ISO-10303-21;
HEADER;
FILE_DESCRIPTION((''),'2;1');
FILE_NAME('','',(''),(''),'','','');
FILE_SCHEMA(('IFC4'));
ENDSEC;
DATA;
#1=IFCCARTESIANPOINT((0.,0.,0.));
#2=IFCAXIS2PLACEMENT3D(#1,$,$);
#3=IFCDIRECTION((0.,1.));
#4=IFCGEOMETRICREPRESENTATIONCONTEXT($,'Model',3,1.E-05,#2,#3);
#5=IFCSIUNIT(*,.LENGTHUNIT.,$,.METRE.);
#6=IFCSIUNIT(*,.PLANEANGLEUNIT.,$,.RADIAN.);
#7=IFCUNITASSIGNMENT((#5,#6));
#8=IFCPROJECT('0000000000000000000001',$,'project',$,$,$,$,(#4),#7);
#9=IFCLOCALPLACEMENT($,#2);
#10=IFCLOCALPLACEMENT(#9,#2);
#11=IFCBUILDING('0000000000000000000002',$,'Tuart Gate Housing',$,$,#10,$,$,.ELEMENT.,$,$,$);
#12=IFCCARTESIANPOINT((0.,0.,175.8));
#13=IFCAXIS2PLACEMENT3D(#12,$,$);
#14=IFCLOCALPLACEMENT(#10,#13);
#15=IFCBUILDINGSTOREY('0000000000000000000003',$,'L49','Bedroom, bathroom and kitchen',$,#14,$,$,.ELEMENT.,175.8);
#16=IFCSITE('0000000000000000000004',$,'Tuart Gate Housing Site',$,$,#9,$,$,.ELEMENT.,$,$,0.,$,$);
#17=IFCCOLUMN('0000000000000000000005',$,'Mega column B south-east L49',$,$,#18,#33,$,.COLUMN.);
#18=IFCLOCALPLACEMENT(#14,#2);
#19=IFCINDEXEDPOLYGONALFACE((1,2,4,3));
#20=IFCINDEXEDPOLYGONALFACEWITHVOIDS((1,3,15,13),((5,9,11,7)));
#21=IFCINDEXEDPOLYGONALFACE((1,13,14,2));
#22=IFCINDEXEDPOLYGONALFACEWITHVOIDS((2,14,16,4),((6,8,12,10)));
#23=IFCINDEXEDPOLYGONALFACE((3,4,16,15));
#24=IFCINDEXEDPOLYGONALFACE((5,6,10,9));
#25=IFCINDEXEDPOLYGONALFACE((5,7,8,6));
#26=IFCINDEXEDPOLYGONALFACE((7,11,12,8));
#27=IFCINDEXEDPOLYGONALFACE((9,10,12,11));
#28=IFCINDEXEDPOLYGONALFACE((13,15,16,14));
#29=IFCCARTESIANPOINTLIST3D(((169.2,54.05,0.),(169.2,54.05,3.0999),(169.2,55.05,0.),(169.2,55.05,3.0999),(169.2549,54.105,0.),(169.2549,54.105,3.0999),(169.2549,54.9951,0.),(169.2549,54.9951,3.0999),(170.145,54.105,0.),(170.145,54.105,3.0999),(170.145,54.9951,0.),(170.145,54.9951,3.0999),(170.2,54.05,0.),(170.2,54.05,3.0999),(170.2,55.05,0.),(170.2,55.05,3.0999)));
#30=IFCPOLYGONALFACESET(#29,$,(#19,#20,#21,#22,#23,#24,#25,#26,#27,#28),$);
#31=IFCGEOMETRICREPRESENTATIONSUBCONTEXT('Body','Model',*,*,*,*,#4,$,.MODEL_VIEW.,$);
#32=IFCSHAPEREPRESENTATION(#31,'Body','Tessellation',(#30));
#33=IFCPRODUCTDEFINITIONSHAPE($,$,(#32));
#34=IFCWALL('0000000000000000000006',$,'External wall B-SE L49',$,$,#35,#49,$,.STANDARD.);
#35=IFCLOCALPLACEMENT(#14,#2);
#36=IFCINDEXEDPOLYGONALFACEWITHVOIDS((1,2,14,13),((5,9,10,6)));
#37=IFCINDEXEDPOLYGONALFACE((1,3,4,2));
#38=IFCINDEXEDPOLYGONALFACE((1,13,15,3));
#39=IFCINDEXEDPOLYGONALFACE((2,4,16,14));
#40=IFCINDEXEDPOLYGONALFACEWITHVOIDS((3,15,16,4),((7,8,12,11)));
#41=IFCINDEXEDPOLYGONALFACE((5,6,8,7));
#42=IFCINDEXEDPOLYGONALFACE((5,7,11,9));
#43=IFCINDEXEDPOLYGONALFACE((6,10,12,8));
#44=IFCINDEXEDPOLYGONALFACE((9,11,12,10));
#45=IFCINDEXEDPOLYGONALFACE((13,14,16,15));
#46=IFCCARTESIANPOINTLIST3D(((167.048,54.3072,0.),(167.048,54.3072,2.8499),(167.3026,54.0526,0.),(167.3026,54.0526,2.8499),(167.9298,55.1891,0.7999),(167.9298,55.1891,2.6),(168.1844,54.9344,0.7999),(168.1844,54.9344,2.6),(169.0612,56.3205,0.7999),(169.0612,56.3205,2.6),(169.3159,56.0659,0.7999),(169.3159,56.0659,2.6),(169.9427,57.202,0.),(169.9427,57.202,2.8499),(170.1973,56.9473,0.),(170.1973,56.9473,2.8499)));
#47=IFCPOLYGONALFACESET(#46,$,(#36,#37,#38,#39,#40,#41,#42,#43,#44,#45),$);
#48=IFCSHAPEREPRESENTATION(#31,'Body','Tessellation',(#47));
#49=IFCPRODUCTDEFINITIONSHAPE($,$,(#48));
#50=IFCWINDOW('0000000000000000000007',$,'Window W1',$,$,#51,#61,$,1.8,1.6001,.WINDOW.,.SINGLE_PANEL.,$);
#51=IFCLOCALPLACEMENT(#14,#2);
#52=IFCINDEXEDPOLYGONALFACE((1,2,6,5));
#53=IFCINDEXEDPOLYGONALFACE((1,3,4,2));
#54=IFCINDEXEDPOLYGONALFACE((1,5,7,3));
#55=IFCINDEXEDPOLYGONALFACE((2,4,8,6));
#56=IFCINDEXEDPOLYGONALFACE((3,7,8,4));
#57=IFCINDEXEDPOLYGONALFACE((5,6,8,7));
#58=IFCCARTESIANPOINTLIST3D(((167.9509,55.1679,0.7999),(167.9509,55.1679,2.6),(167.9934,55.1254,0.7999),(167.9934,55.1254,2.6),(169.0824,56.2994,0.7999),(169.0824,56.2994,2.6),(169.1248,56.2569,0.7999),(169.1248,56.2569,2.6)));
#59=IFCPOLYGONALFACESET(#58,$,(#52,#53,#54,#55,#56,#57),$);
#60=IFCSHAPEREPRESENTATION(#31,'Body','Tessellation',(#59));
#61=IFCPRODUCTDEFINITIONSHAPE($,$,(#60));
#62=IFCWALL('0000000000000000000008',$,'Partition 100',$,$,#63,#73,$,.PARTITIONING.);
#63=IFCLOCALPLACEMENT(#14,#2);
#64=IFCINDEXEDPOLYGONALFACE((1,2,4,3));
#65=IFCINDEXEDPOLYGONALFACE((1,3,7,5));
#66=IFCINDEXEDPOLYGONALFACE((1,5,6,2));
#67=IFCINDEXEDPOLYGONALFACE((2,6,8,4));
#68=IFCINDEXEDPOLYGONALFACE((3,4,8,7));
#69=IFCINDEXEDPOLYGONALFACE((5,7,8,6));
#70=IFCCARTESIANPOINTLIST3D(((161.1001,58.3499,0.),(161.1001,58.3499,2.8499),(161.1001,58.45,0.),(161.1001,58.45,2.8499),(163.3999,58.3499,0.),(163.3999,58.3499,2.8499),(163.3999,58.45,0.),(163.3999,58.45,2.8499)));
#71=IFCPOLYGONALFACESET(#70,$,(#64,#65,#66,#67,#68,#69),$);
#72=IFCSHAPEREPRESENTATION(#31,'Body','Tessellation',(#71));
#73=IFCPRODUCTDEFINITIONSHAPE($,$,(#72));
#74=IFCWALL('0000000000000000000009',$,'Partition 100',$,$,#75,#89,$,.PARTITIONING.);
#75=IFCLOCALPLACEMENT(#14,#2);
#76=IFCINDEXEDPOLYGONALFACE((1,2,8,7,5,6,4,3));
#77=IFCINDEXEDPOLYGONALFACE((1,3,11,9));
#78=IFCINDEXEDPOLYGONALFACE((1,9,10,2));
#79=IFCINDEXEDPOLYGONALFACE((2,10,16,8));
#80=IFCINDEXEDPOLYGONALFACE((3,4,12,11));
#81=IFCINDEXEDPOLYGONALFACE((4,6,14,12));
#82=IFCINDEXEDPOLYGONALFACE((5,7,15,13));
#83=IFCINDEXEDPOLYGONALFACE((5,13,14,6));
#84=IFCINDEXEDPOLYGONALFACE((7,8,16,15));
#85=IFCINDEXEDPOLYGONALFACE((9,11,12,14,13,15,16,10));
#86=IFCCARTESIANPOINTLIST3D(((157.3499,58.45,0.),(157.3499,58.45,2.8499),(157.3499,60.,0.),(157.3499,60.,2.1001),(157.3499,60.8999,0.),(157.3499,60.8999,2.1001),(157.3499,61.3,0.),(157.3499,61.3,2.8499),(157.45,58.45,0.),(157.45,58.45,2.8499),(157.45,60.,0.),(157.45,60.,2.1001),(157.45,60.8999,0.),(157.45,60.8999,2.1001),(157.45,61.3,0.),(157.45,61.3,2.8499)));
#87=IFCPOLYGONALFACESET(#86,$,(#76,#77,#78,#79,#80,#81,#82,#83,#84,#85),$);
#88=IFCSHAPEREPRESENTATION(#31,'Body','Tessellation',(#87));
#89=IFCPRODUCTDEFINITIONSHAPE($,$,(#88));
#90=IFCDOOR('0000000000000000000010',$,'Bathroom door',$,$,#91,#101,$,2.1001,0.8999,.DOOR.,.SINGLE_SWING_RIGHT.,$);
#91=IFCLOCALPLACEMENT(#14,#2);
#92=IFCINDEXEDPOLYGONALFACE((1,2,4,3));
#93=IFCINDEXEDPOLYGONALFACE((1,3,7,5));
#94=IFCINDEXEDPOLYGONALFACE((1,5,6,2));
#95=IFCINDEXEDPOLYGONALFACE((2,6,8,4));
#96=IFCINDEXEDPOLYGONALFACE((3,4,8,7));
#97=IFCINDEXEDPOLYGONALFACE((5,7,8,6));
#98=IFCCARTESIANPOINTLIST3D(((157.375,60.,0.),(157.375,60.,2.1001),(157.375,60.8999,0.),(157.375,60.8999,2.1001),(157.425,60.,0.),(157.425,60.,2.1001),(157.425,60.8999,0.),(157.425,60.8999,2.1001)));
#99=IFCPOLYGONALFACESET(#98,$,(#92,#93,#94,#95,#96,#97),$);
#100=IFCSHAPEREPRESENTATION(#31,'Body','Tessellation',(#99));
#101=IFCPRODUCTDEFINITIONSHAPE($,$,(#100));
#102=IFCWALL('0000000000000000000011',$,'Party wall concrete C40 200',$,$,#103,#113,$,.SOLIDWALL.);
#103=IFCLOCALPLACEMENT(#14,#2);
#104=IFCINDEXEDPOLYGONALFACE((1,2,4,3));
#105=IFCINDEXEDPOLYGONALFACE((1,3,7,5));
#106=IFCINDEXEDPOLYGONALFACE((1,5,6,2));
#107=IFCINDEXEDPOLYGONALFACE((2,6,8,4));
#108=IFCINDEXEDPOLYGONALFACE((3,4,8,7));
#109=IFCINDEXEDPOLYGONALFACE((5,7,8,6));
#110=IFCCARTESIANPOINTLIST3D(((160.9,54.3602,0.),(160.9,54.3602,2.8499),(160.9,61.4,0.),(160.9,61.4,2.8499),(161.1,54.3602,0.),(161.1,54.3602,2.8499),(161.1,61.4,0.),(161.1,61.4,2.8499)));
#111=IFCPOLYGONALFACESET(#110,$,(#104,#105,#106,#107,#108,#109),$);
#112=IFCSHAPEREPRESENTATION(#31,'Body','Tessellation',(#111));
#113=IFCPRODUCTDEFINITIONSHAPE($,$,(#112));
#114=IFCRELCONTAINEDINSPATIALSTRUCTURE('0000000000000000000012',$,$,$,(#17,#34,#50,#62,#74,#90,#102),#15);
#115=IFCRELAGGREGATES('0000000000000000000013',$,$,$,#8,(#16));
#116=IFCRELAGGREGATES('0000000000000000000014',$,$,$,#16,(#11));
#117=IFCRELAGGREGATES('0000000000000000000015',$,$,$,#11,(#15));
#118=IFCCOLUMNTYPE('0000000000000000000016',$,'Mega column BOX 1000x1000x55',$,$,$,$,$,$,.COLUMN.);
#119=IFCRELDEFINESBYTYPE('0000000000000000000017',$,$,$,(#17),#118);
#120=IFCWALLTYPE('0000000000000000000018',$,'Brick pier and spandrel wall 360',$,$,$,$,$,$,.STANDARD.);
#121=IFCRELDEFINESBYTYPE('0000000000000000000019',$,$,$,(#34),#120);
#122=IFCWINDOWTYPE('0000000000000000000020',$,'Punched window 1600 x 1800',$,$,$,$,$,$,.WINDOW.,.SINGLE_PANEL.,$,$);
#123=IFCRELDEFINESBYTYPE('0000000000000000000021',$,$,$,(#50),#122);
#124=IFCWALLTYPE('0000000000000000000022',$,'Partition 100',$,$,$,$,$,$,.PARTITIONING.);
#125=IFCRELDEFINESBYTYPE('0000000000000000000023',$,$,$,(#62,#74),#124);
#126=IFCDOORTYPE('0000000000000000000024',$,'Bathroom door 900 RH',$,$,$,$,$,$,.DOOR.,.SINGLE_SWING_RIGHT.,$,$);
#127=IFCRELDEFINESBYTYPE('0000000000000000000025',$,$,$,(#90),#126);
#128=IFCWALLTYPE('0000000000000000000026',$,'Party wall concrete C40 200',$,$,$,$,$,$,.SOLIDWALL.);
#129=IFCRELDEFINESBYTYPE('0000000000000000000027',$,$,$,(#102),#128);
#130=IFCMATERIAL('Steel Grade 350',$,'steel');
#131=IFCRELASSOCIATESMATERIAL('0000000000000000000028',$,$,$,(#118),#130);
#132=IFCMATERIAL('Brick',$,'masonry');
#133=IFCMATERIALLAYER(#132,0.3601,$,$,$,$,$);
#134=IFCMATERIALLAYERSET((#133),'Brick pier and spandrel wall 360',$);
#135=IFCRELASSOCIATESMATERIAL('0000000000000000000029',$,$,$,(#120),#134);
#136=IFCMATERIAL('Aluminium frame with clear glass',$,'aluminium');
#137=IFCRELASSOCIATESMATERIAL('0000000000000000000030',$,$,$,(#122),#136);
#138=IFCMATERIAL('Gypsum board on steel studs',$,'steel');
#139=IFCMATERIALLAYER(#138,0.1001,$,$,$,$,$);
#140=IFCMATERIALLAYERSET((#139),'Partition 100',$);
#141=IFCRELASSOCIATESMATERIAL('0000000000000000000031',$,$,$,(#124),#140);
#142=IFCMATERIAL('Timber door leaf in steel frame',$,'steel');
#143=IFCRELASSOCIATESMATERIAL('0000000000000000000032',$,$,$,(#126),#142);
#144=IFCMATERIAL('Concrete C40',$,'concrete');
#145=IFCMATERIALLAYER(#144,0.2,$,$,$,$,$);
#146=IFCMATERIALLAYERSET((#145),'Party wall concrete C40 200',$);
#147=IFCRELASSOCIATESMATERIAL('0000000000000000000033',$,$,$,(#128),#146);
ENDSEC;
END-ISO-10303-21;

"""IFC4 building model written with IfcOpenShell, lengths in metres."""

from ifc_helpers import new_model, si_unit, direction, frame, frame_2d, origin, origin_2d, place, context, subcontext, project, spatial, rectangle, hollow_rectangle, extrude, material, layer, layer_set, material_profile, profile_set, type_object, element, fill, save


model = new_model("IFC4")

# Units and contexts
model_context = context("Model", 3, precision=1e-05, world=origin(), true_north=direction((0.0, 1.0)))
body_context = subcontext(model_context, "Body", "Model", "MODEL_VIEW")
ifc_project = project(units=[si_unit("LENGTHUNIT", "METRE"), si_unit("PLANEANGLEUNIT", "RADIAN")], contexts=[model_context])

# Site, building, storey
site_placement = place(None, origin())
site = spatial("IfcSite", under=ifc_project, at=site_placement, Name="Tuart Gate Housing Site", CompositionType="ELEMENT", RefElevation=0.0)
building_placement = place(site_placement, origin())
building = spatial("IfcBuilding", under=site, at=building_placement, Name="Tuart Gate Housing", CompositionType="ELEMENT")
storey_placement = place(building_placement, frame((0.0, 0.0, 175.8)))
storey = spatial("IfcBuildingStorey", under=building, at=storey_placement, Name="L49", Description="Bedroom, bathroom and kitchen", CompositionType="ELEMENT", Elevation=175.8)

# Column
ifc_material_1 = material(Name="Steel Grade 350", Category="steel")
ifc_material_profile = material_profile(ifc_material_1, hollow_rectangle(XDim=1.0, YDim=1.0, WallThickness=0.0549, at=origin_2d()), Name="BOX 1000x1000x55")
ifc_profile_set = profile_set([ifc_material_profile], Name="Steel Grade 350")
column_type = type_object("IfcColumnType", Name="Mega column BOX 1000x1000x55", PredefinedType="COLUMN", material=ifc_profile_set)
column_placement = place(storey_placement, frame((169.7, 54.55, 0.0), z_axis=(0.0, 0.0, 1.0), x_axis=(1.0, 0.0, 0.0)))
element("IfcColumn", 1, at=column_placement, inside=storey, type_object=column_type, Name="Mega column B south-east L49", PredefinedType="COLUMN", context=body_context, shape_type="SweptSolid", body=[
    extrude(hollow_rectangle(XDim=1.0, YDim=1.0, WallThickness=0.0549, at=origin_2d()), origin(), (0.0, 0.0, 1.0), 3.0999),
])

# Wall, opening, window
ifc_material_2 = material(Name="Brick", Category="masonry")
ifc_layer_1 = layer(ifc_material_2, 0.3601)
ifc_layer_set_1 = layer_set([ifc_layer_1], Name="Brick pier and spandrel wall 360")
wall_type_1 = type_object("IfcWallType", Name="Brick pier and spandrel wall 360", PredefinedType="STANDARD", material=ifc_layer_set_1)
wall_1_placement = place(storey_placement, frame((167.1753, 54.1799, 0.0), z_axis=(0.0, 0.0, 1.0), x_axis=(0.707107, 0.707107, 0.0)))
wall_1 = element("IfcWall", 2, at=wall_1_placement, inside=storey, type_object=wall_type_1, Name="External wall B-SE L49", PredefinedType="STANDARD", context=body_context, shape_type="SweptSolid", body=[
    extrude(rectangle(XDim=4.0938, YDim=0.3601, at=frame_2d((2.0469, 0.0))), origin(), (0.0, 0.0, 1.0), 2.8499),
])
opening_1_placement = place(wall_1_placement, frame((1.2471, 0.0, 0.8)))
opening_1 = element("IfcOpeningElement", 3, at=opening_1_placement, cuts=wall_1, PredefinedType="OPENING", context=body_context, shape_type="SweptSolid", body=[
    extrude(rectangle(XDim=1.6001, YDim=1.8, at=frame_2d((0.8, 0.8999))), frame((0.0, 0.1899, 0.0), z_axis=(0.0, -1.0, 0.0), x_axis=(1.0, 0.0, 0.0)), (0.0, 0.0, 1.0), 0.3801),
])
ifc_material_3 = material(Name="Aluminium frame with clear glass", Category="aluminium")
window_type_1 = type_object("IfcWindowType", Name="Punched window 1600 x 1800", PartitioningType="SINGLE_PANEL", PredefinedType="WINDOW", material=ifc_material_3)
window_1_placement = place(opening_1_placement, origin())
window_1 = element("IfcWindow", 4, at=window_1_placement, inside=storey, type_object=window_type_1, Name="Window W1", OverallHeight=1.8, OverallWidth=1.6001, PartitioningType="SINGLE_PANEL", PredefinedType="WINDOW", context=body_context, shape_type="SweptSolid", body=[
    extrude(rectangle(XDim=1.6001, YDim=1.8, at=frame_2d((0.8, 0.8999))), frame((0.0, 0.1501, 0.0), z_axis=(0.0, -1.0, 0.0), x_axis=(1.0, 0.0, 0.0)), (0.0, 0.0, 1.0), 0.0601),
])
fill(opening_1, window_1)

# Wall
ifc_material_4 = material(Name="Gypsum board on steel studs", Category="steel")
ifc_layer_2 = layer(ifc_material_4, 0.1001)
ifc_layer_set_2 = layer_set([ifc_layer_2], Name="Partition 100")
wall_type_2 = type_object("IfcWallType", Name="Partition 100", PredefinedType="PARTITIONING", material=ifc_layer_set_2)
wall_2_placement = place(storey_placement, frame((161.1001, 58.3999, 0.0), z_axis=(0.0, 0.0, 1.0), x_axis=(1.0, 0.0, 0.0)))
element("IfcWall", 5, at=wall_2_placement, inside=storey, type_object=wall_type_2, Name="Partition 100", PredefinedType="PARTITIONING", context=body_context, shape_type="SweptSolid", body=[
    extrude(rectangle(XDim=2.2998, YDim=0.1001, at=frame_2d((1.1499, 0.0))), origin(), (0.0, 0.0, 1.0), 2.8499),
])

# Wall, opening, door
wall_3_placement = place(storey_placement, frame((157.3999, 58.45, 0.0), z_axis=(0.0, 0.0, 1.0), x_axis=(0.0, 1.0, 0.0)))
wall_3 = element("IfcWall", 6, at=wall_3_placement, inside=storey, type_object=wall_type_2, Name="Partition 100", PredefinedType="PARTITIONING", context=body_context, shape_type="SweptSolid", body=[
    extrude(rectangle(XDim=2.8501, YDim=0.1001, at=frame_2d((1.425, 0.0))), origin(), (0.0, 0.0, 1.0), 2.8499),
])
opening_2_placement = place(wall_3_placement, frame((1.55, 0.0, 0.0)))
opening_2 = element("IfcOpeningElement", 7, at=opening_2_placement, cuts=wall_3, PredefinedType="OPENING", context=body_context, shape_type="SweptSolid", body=[
    extrude(rectangle(XDim=0.8999, YDim=2.1001, at=frame_2d((0.45, 1.05))), frame((0.0, 0.0601, 0.0), z_axis=(0.0, -1.0, 0.0), x_axis=(1.0, 0.0, 0.0)), (0.0, 0.0, 1.0), 0.1201),
])
ifc_material_5 = material(Name="Timber door leaf in steel frame", Category="steel")
door_type = type_object("IfcDoorType", Name="Bathroom door 900 RH", OperationType="SINGLE_SWING_RIGHT", PredefinedType="DOOR", material=ifc_material_5)
door_placement = place(opening_2_placement, origin())
door = element("IfcDoor", 8, at=door_placement, inside=storey, type_object=door_type, Name="Bathroom door", OperationType="SINGLE_SWING_RIGHT", OverallHeight=2.1001, OverallWidth=0.8999, PredefinedType="DOOR", context=body_context, shape_type="SweptSolid", body=[
    extrude(rectangle(XDim=0.8999, YDim=2.1001, at=frame_2d((0.45, 1.05))), frame((0.0, 0.0249, 0.0), z_axis=(0.0, -1.0, 0.0), x_axis=(1.0, 0.0, 0.0)), (0.0, 0.0, 1.0), 0.05),
])
fill(opening_2, door)

# Wall
ifc_material_6 = material(Name="Concrete C40", Category="concrete")
ifc_layer_3 = layer(ifc_material_6, 0.2)
ifc_layer_set_3 = layer_set([ifc_layer_3], Name="Party wall concrete C40 200")
wall_type_3 = type_object("IfcWallType", Name="Party wall concrete C40 200", PredefinedType="SOLIDWALL", material=ifc_layer_set_3)
wall_4_placement = place(storey_placement, frame((161.0, 54.3601, 0.0), z_axis=(0.0, 0.0, 1.0), x_axis=(0.0, 1.0, 0.0)))
element("IfcWall", 9, at=wall_4_placement, inside=storey, type_object=wall_type_3, Name="Party wall concrete C40 200", PredefinedType="SOLIDWALL", context=body_context, shape_type="SweptSolid", body=[
    extrude(rectangle(XDim=7.0398, YDim=0.2, at=frame_2d((3.52, 0.0))), origin(), (0.0, 0.0, 1.0), 2.8499),
])

save(model, "model.ifc")
